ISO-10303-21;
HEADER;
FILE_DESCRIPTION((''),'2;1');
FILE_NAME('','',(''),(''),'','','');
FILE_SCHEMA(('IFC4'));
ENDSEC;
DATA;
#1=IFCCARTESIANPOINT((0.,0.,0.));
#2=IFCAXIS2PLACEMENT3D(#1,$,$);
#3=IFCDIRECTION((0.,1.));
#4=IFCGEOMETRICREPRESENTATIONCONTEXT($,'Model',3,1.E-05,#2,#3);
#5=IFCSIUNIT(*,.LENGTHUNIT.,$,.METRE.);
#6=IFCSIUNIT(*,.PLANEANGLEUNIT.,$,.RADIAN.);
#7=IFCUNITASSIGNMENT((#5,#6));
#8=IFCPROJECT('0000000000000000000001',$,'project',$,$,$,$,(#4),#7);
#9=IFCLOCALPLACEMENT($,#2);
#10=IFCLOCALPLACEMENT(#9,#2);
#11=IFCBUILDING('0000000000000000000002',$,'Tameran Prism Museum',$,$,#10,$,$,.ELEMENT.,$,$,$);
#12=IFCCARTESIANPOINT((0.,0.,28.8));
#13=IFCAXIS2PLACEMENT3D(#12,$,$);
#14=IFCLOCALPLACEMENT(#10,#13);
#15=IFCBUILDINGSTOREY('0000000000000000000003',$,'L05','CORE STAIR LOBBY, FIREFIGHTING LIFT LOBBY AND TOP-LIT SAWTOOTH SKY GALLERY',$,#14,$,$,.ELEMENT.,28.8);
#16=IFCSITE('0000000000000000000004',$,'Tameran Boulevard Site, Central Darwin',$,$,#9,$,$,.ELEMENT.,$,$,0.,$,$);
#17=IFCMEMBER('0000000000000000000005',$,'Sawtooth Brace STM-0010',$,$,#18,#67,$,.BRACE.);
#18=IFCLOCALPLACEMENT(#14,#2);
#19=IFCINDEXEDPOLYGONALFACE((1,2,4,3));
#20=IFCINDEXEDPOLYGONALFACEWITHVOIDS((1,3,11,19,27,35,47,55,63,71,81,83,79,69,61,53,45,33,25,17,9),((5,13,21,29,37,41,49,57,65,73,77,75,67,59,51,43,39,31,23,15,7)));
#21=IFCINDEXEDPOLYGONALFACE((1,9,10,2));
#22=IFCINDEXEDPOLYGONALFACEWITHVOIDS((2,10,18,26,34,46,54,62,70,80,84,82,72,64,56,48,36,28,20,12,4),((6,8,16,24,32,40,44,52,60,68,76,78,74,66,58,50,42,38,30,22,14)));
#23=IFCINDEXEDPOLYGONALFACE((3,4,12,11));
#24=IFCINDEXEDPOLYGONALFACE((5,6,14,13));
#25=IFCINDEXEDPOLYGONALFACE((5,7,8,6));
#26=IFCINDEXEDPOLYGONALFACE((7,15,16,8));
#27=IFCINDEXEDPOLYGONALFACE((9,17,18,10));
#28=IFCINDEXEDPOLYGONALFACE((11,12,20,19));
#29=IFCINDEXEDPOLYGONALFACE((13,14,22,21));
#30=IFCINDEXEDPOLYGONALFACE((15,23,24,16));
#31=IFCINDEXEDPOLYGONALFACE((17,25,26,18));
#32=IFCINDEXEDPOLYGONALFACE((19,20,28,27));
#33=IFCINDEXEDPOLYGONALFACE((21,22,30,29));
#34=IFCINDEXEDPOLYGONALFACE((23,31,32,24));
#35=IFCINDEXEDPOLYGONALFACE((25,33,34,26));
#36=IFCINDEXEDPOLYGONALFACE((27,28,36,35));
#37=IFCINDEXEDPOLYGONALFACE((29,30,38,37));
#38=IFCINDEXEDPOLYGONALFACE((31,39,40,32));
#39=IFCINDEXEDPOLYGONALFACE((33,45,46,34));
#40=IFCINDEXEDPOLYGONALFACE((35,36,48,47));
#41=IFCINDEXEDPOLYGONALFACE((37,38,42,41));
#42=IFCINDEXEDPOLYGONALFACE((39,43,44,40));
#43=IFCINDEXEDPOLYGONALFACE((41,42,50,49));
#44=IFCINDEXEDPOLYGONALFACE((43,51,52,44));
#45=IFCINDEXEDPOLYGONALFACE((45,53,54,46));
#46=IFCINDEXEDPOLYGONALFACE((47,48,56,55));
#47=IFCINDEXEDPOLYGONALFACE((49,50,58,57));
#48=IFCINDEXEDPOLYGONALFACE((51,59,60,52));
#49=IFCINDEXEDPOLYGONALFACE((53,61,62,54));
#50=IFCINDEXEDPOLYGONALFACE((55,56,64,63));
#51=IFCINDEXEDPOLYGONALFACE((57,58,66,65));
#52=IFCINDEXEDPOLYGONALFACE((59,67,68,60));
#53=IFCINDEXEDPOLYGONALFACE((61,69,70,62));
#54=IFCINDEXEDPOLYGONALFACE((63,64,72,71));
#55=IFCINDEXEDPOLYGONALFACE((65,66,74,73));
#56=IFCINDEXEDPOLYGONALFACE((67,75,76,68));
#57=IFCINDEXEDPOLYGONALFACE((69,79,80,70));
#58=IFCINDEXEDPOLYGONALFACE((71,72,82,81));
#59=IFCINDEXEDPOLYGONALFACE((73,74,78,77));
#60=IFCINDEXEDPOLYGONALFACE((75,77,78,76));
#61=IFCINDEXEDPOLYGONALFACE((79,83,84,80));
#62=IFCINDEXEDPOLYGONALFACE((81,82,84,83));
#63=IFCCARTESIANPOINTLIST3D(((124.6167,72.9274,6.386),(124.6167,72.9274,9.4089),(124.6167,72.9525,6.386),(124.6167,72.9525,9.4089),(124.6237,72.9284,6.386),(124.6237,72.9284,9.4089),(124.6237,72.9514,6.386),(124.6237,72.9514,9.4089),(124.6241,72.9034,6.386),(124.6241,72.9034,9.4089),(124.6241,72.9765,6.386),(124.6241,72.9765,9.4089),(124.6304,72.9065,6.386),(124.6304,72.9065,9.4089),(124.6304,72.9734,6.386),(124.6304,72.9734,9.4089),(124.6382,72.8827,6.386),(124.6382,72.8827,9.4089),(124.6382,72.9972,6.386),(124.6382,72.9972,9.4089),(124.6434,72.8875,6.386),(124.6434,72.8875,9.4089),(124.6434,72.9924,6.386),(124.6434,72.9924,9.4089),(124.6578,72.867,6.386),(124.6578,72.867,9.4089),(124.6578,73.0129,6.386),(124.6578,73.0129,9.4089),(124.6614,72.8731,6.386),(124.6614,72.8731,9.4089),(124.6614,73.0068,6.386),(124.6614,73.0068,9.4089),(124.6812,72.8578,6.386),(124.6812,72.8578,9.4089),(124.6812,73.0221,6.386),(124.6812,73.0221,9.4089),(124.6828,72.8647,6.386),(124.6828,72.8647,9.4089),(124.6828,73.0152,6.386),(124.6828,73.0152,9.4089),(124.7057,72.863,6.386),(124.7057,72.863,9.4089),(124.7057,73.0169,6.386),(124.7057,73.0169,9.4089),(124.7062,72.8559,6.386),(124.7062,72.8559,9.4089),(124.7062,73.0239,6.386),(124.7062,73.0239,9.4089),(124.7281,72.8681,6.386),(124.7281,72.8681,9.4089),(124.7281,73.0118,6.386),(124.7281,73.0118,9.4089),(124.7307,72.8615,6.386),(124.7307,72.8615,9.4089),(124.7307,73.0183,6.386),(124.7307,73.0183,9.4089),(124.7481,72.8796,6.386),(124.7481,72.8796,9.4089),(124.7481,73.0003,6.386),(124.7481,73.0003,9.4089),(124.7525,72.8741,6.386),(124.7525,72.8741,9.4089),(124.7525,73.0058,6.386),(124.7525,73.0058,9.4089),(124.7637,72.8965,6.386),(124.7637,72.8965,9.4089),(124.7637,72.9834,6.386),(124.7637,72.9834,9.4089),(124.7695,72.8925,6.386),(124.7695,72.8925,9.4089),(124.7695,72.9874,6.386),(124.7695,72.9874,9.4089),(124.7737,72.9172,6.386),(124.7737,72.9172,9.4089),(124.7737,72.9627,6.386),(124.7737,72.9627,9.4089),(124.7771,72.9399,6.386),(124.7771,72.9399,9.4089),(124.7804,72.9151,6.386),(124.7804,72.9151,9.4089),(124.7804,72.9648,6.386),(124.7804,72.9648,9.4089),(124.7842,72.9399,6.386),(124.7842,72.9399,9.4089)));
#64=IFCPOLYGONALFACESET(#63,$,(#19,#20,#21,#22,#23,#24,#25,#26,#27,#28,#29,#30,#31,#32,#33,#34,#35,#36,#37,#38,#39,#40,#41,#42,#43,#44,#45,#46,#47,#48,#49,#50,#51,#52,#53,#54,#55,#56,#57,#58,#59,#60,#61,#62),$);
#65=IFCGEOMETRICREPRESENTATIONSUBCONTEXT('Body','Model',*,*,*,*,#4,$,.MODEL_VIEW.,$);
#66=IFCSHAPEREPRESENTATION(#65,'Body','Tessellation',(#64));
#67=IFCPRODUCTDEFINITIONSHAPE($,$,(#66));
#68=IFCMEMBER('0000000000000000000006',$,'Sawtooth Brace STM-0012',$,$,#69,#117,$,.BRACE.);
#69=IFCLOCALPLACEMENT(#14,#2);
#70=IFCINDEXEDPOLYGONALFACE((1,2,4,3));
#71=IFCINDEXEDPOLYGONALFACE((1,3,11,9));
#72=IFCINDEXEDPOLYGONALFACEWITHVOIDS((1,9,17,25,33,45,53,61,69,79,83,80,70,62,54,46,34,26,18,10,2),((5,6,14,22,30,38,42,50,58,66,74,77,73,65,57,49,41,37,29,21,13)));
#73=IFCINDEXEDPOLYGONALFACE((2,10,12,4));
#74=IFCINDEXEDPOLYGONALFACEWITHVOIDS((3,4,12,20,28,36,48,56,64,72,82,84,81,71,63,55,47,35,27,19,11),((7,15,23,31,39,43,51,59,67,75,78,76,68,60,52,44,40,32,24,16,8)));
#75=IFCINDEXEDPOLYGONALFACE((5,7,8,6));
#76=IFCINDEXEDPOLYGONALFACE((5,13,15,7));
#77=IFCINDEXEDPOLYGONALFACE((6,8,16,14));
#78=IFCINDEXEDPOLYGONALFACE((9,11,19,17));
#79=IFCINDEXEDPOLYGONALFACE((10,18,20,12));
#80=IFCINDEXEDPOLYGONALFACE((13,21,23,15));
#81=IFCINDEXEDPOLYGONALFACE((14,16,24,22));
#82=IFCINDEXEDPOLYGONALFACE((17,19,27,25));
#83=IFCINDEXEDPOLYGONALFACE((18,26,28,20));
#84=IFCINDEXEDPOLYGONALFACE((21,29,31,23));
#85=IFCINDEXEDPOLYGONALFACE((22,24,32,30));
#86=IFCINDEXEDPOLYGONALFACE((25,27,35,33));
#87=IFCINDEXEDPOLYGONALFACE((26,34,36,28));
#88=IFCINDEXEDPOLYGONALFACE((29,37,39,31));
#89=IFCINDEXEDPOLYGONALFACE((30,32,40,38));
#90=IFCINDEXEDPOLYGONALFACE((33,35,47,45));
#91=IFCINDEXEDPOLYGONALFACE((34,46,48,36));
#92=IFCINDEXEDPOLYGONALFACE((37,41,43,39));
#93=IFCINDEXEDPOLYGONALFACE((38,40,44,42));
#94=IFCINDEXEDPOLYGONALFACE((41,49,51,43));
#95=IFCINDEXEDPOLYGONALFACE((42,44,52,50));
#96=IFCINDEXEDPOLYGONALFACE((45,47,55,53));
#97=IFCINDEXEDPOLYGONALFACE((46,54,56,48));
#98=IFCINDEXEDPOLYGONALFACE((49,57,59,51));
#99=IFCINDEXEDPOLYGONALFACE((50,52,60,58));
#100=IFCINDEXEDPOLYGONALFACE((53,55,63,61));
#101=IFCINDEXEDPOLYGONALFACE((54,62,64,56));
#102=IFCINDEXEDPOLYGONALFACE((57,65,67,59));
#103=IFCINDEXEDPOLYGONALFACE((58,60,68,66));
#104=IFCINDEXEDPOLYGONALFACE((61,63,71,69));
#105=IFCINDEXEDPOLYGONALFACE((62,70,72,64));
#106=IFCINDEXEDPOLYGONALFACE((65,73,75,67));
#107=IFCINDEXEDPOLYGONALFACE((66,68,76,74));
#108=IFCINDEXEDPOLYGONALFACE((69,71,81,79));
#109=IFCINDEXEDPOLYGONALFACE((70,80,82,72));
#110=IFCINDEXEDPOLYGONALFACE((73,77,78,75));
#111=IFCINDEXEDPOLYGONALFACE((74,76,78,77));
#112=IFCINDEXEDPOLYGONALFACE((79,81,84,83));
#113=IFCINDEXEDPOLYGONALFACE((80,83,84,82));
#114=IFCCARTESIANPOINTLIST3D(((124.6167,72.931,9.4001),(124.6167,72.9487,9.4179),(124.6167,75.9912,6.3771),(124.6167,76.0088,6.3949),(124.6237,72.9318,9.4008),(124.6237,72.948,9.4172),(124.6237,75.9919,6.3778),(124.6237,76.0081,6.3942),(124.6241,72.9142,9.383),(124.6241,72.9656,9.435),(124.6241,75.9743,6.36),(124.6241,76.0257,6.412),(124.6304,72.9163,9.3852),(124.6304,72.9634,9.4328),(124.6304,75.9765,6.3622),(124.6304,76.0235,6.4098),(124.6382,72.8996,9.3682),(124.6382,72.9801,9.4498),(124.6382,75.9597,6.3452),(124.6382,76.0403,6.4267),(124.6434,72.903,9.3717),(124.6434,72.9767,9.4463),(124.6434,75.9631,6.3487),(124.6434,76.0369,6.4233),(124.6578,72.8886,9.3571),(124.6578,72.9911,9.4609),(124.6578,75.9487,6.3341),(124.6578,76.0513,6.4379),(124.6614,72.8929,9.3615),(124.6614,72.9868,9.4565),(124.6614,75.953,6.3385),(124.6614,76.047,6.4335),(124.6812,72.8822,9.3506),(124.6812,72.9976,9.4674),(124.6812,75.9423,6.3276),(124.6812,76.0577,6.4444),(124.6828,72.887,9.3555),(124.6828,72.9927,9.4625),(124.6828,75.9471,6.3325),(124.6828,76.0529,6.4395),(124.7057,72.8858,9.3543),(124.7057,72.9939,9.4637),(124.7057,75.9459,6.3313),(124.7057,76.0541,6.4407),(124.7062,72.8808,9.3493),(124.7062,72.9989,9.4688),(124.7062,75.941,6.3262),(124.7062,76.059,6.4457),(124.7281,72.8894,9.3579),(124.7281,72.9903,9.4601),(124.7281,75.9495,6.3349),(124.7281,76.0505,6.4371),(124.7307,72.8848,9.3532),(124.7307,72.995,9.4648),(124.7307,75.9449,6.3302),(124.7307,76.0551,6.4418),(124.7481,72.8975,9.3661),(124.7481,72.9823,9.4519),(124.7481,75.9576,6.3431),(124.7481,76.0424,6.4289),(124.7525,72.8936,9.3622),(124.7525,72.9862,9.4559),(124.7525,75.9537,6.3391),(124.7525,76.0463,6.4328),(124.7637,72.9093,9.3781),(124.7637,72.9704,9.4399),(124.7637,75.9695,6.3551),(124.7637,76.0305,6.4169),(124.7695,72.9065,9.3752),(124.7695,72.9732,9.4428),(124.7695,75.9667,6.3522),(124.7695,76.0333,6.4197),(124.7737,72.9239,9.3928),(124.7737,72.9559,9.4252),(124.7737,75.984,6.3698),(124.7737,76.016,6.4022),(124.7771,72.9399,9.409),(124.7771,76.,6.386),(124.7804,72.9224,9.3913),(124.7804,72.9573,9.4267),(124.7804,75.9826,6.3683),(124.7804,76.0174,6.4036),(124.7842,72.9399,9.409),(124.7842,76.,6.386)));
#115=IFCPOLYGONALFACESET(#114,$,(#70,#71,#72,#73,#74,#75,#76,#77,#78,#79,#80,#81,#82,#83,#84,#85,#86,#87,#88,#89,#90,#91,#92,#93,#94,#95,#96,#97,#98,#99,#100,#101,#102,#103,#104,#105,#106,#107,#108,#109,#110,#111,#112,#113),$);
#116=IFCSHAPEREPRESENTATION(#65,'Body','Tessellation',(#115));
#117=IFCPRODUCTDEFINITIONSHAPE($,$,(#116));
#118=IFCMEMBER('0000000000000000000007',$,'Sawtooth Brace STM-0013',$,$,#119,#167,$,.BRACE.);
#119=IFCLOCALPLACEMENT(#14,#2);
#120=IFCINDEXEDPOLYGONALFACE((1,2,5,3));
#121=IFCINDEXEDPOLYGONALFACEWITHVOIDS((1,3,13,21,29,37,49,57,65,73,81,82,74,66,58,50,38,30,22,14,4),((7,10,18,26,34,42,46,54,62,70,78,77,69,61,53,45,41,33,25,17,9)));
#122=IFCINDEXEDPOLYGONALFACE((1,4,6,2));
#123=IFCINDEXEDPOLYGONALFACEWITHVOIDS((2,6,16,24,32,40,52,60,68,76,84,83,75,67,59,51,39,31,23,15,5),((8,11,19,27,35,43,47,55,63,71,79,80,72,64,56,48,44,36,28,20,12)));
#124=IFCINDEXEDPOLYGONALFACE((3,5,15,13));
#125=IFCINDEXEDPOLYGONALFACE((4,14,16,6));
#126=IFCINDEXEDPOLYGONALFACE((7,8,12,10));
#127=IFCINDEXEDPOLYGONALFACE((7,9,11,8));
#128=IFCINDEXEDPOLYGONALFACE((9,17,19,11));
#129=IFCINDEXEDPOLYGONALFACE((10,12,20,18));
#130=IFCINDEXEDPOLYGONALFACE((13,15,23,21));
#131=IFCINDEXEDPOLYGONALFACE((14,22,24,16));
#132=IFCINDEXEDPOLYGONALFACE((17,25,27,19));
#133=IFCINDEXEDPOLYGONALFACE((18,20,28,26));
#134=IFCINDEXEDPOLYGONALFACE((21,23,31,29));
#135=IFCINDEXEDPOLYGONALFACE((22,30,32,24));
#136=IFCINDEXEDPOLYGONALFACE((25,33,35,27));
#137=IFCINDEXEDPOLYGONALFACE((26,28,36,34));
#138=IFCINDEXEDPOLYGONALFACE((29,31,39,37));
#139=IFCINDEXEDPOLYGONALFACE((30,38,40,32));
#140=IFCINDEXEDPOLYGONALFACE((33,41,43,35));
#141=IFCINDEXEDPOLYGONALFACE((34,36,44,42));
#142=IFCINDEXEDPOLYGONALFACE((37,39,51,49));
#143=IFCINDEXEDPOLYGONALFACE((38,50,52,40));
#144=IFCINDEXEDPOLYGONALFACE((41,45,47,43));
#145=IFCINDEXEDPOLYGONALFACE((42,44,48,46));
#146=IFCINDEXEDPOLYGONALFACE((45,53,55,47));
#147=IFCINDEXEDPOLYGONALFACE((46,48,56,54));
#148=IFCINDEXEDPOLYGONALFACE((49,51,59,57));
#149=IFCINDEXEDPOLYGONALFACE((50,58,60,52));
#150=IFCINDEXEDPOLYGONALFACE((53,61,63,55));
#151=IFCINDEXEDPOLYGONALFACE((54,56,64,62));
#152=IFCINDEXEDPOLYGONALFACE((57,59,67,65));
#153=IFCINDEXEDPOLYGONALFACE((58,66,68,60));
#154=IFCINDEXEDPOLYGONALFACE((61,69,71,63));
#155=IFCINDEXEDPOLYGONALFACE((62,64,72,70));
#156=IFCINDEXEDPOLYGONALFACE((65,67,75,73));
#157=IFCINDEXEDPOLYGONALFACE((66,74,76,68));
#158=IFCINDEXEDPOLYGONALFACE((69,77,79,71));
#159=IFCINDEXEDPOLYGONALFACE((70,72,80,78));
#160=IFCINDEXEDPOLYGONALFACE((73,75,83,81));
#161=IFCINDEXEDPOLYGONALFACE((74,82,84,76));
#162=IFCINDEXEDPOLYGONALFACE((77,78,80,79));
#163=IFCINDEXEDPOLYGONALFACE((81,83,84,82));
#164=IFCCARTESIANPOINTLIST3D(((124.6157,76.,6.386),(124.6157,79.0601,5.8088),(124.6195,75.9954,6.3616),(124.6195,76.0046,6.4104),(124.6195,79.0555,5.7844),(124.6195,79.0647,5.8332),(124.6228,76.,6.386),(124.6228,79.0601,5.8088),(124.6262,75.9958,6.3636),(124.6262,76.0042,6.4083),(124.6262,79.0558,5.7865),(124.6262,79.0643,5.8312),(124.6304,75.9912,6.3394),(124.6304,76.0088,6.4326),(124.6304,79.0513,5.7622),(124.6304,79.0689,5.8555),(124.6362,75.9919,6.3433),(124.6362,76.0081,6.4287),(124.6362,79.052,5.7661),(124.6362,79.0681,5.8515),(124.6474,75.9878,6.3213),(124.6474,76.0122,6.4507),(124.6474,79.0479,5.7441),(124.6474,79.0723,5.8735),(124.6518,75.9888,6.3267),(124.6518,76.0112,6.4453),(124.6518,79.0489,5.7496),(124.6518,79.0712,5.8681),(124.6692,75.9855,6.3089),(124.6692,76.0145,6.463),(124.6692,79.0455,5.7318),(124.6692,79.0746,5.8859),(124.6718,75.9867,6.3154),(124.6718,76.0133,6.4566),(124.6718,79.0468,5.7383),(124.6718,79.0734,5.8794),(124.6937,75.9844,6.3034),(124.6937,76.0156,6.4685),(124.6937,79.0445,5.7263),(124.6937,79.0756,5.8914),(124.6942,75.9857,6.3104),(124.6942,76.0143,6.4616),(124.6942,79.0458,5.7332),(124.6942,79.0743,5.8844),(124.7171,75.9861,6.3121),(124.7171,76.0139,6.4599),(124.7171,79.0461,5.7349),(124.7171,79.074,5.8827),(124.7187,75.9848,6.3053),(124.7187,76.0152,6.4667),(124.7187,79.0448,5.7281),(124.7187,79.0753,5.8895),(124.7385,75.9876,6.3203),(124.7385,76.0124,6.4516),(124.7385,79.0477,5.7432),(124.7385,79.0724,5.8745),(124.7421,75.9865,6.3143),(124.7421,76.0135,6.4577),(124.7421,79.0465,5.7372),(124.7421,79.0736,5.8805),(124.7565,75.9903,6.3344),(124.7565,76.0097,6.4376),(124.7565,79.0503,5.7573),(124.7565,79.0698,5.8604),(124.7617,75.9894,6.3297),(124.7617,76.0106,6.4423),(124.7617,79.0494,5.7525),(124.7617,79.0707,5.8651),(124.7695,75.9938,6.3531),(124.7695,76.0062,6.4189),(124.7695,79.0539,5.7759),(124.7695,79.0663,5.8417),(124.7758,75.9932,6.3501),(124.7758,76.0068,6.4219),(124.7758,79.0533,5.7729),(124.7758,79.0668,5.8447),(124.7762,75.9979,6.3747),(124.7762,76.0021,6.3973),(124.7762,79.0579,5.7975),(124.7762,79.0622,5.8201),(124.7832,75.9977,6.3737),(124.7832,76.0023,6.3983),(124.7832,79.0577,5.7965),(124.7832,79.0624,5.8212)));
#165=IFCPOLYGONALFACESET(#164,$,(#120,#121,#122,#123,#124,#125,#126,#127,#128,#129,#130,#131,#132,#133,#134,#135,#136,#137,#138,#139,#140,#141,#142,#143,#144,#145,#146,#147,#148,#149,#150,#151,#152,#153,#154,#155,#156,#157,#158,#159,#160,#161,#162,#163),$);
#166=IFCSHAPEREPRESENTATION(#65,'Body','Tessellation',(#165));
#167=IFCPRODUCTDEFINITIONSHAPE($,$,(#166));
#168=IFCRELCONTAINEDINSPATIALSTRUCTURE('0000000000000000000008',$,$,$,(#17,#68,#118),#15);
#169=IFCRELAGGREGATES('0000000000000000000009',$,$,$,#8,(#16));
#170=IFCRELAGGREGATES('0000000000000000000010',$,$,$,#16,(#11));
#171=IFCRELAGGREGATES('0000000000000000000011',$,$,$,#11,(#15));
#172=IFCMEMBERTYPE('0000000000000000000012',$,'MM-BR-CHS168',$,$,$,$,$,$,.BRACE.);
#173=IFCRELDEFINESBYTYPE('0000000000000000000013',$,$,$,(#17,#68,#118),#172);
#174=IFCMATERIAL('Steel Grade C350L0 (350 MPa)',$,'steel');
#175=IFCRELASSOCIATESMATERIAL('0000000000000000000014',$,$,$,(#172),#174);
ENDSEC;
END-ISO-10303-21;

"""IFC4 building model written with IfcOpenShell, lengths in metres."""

from ifc_helpers import new_model, si_unit, direction, frame, origin, origin_2d, place, context, subcontext, project, spatial, hollow_circle, extrude, material, material_profile, profile_set, type_object, element, save


model = new_model("IFC4")

# Units and contexts
model_context = context("Model", 3, precision=1e-05, world=origin(), true_north=direction((0.0, 1.0)))
body_context = subcontext(model_context, "Body", "Model", "MODEL_VIEW")
ifc_project = project(units=[si_unit("LENGTHUNIT", "METRE"), si_unit("PLANEANGLEUNIT", "RADIAN")], contexts=[model_context])

# Site, building, storey
site_placement = place(None, origin())
site = spatial("IfcSite", under=ifc_project, at=site_placement, Name="Tameran Boulevard Site, Central Darwin", CompositionType="ELEMENT", RefElevation=0.0)
building_placement = place(site_placement, origin())
building = spatial("IfcBuilding", under=site, at=building_placement, Name="Tameran Prism Museum", CompositionType="ELEMENT")
storey_placement = place(building_placement, frame((0.0, 0.0, 28.8)))
storey = spatial("IfcBuildingStorey", under=building, at=storey_placement, Name="L05", Description="CORE STAIR LOBBY, FIREFIGHTING LIFT LOBBY AND TOP-LIT SAWTOOTH SKY GALLERY", CompositionType="ELEMENT", Elevation=28.8)

# Members
ifc_material_1 = material(Name="Steel Grade C350L0 (350 MPa)", Category="steel")
ifc_material_profile_1 = material_profile(ifc_material_1, hollow_circle(Radius=0.0842, WallThickness=0.0071, at=origin_2d()))
ifc_profile_set_1 = profile_set([ifc_material_profile_1])
member_type_1 = type_object("IfcMemberType", Name="MM-BR-CHS168", PredefinedType="BRACE", material=ifc_profile_set_1)
member_1_placement = place(storey_placement, frame((124.7, 72.9399, 6.386), z_axis=(0.0, 0.0, 1.0), x_axis=(1.0, 0.0, 0.0)))
element("IfcMember", 1, at=member_1_placement, inside=storey, type_object=member_type_1, Name="Sawtooth Brace STM-0010", PredefinedType="BRACE", context=body_context, shape_type="SweptSolid", body=[
    extrude(hollow_circle(Radius=0.0842, WallThickness=0.0071, at=origin_2d()), origin(), (0.0, 0.0, 1.0), 3.0229),
])
member_2_placement = place(storey_placement, frame((124.7, 76.0, 6.386), z_axis=(0.0, -0.711407, 0.70278), x_axis=(1.0, 0.0, 0.0)))
element("IfcMember", 2, at=member_2_placement, inside=storey, type_object=member_type_1, Name="Sawtooth Brace STM-0012", PredefinedType="BRACE", context=body_context, shape_type="SweptSolid", body=[
    extrude(hollow_circle(Radius=0.0842, WallThickness=0.0071, at=origin_2d()), origin(), (0.0, 0.0, 1.0), 4.3015),
])
member_3_placement = place(storey_placement, frame((124.7, 76.0, 6.386), z_axis=(0.0, 0.982675, -0.185339), x_axis=(-1.0, 0.0, 0.0)))
element("IfcMember", 3, at=member_3_placement, inside=storey, type_object=member_type_1, Name="Sawtooth Brace STM-0013", PredefinedType="BRACE", context=body_context, shape_type="SweptSolid", body=[
    extrude(hollow_circle(Radius=0.0842, WallThickness=0.0071, at=origin_2d()), origin(), (0.0, 0.0, 1.0), 3.114),
])

save(model, "model.ifc")
